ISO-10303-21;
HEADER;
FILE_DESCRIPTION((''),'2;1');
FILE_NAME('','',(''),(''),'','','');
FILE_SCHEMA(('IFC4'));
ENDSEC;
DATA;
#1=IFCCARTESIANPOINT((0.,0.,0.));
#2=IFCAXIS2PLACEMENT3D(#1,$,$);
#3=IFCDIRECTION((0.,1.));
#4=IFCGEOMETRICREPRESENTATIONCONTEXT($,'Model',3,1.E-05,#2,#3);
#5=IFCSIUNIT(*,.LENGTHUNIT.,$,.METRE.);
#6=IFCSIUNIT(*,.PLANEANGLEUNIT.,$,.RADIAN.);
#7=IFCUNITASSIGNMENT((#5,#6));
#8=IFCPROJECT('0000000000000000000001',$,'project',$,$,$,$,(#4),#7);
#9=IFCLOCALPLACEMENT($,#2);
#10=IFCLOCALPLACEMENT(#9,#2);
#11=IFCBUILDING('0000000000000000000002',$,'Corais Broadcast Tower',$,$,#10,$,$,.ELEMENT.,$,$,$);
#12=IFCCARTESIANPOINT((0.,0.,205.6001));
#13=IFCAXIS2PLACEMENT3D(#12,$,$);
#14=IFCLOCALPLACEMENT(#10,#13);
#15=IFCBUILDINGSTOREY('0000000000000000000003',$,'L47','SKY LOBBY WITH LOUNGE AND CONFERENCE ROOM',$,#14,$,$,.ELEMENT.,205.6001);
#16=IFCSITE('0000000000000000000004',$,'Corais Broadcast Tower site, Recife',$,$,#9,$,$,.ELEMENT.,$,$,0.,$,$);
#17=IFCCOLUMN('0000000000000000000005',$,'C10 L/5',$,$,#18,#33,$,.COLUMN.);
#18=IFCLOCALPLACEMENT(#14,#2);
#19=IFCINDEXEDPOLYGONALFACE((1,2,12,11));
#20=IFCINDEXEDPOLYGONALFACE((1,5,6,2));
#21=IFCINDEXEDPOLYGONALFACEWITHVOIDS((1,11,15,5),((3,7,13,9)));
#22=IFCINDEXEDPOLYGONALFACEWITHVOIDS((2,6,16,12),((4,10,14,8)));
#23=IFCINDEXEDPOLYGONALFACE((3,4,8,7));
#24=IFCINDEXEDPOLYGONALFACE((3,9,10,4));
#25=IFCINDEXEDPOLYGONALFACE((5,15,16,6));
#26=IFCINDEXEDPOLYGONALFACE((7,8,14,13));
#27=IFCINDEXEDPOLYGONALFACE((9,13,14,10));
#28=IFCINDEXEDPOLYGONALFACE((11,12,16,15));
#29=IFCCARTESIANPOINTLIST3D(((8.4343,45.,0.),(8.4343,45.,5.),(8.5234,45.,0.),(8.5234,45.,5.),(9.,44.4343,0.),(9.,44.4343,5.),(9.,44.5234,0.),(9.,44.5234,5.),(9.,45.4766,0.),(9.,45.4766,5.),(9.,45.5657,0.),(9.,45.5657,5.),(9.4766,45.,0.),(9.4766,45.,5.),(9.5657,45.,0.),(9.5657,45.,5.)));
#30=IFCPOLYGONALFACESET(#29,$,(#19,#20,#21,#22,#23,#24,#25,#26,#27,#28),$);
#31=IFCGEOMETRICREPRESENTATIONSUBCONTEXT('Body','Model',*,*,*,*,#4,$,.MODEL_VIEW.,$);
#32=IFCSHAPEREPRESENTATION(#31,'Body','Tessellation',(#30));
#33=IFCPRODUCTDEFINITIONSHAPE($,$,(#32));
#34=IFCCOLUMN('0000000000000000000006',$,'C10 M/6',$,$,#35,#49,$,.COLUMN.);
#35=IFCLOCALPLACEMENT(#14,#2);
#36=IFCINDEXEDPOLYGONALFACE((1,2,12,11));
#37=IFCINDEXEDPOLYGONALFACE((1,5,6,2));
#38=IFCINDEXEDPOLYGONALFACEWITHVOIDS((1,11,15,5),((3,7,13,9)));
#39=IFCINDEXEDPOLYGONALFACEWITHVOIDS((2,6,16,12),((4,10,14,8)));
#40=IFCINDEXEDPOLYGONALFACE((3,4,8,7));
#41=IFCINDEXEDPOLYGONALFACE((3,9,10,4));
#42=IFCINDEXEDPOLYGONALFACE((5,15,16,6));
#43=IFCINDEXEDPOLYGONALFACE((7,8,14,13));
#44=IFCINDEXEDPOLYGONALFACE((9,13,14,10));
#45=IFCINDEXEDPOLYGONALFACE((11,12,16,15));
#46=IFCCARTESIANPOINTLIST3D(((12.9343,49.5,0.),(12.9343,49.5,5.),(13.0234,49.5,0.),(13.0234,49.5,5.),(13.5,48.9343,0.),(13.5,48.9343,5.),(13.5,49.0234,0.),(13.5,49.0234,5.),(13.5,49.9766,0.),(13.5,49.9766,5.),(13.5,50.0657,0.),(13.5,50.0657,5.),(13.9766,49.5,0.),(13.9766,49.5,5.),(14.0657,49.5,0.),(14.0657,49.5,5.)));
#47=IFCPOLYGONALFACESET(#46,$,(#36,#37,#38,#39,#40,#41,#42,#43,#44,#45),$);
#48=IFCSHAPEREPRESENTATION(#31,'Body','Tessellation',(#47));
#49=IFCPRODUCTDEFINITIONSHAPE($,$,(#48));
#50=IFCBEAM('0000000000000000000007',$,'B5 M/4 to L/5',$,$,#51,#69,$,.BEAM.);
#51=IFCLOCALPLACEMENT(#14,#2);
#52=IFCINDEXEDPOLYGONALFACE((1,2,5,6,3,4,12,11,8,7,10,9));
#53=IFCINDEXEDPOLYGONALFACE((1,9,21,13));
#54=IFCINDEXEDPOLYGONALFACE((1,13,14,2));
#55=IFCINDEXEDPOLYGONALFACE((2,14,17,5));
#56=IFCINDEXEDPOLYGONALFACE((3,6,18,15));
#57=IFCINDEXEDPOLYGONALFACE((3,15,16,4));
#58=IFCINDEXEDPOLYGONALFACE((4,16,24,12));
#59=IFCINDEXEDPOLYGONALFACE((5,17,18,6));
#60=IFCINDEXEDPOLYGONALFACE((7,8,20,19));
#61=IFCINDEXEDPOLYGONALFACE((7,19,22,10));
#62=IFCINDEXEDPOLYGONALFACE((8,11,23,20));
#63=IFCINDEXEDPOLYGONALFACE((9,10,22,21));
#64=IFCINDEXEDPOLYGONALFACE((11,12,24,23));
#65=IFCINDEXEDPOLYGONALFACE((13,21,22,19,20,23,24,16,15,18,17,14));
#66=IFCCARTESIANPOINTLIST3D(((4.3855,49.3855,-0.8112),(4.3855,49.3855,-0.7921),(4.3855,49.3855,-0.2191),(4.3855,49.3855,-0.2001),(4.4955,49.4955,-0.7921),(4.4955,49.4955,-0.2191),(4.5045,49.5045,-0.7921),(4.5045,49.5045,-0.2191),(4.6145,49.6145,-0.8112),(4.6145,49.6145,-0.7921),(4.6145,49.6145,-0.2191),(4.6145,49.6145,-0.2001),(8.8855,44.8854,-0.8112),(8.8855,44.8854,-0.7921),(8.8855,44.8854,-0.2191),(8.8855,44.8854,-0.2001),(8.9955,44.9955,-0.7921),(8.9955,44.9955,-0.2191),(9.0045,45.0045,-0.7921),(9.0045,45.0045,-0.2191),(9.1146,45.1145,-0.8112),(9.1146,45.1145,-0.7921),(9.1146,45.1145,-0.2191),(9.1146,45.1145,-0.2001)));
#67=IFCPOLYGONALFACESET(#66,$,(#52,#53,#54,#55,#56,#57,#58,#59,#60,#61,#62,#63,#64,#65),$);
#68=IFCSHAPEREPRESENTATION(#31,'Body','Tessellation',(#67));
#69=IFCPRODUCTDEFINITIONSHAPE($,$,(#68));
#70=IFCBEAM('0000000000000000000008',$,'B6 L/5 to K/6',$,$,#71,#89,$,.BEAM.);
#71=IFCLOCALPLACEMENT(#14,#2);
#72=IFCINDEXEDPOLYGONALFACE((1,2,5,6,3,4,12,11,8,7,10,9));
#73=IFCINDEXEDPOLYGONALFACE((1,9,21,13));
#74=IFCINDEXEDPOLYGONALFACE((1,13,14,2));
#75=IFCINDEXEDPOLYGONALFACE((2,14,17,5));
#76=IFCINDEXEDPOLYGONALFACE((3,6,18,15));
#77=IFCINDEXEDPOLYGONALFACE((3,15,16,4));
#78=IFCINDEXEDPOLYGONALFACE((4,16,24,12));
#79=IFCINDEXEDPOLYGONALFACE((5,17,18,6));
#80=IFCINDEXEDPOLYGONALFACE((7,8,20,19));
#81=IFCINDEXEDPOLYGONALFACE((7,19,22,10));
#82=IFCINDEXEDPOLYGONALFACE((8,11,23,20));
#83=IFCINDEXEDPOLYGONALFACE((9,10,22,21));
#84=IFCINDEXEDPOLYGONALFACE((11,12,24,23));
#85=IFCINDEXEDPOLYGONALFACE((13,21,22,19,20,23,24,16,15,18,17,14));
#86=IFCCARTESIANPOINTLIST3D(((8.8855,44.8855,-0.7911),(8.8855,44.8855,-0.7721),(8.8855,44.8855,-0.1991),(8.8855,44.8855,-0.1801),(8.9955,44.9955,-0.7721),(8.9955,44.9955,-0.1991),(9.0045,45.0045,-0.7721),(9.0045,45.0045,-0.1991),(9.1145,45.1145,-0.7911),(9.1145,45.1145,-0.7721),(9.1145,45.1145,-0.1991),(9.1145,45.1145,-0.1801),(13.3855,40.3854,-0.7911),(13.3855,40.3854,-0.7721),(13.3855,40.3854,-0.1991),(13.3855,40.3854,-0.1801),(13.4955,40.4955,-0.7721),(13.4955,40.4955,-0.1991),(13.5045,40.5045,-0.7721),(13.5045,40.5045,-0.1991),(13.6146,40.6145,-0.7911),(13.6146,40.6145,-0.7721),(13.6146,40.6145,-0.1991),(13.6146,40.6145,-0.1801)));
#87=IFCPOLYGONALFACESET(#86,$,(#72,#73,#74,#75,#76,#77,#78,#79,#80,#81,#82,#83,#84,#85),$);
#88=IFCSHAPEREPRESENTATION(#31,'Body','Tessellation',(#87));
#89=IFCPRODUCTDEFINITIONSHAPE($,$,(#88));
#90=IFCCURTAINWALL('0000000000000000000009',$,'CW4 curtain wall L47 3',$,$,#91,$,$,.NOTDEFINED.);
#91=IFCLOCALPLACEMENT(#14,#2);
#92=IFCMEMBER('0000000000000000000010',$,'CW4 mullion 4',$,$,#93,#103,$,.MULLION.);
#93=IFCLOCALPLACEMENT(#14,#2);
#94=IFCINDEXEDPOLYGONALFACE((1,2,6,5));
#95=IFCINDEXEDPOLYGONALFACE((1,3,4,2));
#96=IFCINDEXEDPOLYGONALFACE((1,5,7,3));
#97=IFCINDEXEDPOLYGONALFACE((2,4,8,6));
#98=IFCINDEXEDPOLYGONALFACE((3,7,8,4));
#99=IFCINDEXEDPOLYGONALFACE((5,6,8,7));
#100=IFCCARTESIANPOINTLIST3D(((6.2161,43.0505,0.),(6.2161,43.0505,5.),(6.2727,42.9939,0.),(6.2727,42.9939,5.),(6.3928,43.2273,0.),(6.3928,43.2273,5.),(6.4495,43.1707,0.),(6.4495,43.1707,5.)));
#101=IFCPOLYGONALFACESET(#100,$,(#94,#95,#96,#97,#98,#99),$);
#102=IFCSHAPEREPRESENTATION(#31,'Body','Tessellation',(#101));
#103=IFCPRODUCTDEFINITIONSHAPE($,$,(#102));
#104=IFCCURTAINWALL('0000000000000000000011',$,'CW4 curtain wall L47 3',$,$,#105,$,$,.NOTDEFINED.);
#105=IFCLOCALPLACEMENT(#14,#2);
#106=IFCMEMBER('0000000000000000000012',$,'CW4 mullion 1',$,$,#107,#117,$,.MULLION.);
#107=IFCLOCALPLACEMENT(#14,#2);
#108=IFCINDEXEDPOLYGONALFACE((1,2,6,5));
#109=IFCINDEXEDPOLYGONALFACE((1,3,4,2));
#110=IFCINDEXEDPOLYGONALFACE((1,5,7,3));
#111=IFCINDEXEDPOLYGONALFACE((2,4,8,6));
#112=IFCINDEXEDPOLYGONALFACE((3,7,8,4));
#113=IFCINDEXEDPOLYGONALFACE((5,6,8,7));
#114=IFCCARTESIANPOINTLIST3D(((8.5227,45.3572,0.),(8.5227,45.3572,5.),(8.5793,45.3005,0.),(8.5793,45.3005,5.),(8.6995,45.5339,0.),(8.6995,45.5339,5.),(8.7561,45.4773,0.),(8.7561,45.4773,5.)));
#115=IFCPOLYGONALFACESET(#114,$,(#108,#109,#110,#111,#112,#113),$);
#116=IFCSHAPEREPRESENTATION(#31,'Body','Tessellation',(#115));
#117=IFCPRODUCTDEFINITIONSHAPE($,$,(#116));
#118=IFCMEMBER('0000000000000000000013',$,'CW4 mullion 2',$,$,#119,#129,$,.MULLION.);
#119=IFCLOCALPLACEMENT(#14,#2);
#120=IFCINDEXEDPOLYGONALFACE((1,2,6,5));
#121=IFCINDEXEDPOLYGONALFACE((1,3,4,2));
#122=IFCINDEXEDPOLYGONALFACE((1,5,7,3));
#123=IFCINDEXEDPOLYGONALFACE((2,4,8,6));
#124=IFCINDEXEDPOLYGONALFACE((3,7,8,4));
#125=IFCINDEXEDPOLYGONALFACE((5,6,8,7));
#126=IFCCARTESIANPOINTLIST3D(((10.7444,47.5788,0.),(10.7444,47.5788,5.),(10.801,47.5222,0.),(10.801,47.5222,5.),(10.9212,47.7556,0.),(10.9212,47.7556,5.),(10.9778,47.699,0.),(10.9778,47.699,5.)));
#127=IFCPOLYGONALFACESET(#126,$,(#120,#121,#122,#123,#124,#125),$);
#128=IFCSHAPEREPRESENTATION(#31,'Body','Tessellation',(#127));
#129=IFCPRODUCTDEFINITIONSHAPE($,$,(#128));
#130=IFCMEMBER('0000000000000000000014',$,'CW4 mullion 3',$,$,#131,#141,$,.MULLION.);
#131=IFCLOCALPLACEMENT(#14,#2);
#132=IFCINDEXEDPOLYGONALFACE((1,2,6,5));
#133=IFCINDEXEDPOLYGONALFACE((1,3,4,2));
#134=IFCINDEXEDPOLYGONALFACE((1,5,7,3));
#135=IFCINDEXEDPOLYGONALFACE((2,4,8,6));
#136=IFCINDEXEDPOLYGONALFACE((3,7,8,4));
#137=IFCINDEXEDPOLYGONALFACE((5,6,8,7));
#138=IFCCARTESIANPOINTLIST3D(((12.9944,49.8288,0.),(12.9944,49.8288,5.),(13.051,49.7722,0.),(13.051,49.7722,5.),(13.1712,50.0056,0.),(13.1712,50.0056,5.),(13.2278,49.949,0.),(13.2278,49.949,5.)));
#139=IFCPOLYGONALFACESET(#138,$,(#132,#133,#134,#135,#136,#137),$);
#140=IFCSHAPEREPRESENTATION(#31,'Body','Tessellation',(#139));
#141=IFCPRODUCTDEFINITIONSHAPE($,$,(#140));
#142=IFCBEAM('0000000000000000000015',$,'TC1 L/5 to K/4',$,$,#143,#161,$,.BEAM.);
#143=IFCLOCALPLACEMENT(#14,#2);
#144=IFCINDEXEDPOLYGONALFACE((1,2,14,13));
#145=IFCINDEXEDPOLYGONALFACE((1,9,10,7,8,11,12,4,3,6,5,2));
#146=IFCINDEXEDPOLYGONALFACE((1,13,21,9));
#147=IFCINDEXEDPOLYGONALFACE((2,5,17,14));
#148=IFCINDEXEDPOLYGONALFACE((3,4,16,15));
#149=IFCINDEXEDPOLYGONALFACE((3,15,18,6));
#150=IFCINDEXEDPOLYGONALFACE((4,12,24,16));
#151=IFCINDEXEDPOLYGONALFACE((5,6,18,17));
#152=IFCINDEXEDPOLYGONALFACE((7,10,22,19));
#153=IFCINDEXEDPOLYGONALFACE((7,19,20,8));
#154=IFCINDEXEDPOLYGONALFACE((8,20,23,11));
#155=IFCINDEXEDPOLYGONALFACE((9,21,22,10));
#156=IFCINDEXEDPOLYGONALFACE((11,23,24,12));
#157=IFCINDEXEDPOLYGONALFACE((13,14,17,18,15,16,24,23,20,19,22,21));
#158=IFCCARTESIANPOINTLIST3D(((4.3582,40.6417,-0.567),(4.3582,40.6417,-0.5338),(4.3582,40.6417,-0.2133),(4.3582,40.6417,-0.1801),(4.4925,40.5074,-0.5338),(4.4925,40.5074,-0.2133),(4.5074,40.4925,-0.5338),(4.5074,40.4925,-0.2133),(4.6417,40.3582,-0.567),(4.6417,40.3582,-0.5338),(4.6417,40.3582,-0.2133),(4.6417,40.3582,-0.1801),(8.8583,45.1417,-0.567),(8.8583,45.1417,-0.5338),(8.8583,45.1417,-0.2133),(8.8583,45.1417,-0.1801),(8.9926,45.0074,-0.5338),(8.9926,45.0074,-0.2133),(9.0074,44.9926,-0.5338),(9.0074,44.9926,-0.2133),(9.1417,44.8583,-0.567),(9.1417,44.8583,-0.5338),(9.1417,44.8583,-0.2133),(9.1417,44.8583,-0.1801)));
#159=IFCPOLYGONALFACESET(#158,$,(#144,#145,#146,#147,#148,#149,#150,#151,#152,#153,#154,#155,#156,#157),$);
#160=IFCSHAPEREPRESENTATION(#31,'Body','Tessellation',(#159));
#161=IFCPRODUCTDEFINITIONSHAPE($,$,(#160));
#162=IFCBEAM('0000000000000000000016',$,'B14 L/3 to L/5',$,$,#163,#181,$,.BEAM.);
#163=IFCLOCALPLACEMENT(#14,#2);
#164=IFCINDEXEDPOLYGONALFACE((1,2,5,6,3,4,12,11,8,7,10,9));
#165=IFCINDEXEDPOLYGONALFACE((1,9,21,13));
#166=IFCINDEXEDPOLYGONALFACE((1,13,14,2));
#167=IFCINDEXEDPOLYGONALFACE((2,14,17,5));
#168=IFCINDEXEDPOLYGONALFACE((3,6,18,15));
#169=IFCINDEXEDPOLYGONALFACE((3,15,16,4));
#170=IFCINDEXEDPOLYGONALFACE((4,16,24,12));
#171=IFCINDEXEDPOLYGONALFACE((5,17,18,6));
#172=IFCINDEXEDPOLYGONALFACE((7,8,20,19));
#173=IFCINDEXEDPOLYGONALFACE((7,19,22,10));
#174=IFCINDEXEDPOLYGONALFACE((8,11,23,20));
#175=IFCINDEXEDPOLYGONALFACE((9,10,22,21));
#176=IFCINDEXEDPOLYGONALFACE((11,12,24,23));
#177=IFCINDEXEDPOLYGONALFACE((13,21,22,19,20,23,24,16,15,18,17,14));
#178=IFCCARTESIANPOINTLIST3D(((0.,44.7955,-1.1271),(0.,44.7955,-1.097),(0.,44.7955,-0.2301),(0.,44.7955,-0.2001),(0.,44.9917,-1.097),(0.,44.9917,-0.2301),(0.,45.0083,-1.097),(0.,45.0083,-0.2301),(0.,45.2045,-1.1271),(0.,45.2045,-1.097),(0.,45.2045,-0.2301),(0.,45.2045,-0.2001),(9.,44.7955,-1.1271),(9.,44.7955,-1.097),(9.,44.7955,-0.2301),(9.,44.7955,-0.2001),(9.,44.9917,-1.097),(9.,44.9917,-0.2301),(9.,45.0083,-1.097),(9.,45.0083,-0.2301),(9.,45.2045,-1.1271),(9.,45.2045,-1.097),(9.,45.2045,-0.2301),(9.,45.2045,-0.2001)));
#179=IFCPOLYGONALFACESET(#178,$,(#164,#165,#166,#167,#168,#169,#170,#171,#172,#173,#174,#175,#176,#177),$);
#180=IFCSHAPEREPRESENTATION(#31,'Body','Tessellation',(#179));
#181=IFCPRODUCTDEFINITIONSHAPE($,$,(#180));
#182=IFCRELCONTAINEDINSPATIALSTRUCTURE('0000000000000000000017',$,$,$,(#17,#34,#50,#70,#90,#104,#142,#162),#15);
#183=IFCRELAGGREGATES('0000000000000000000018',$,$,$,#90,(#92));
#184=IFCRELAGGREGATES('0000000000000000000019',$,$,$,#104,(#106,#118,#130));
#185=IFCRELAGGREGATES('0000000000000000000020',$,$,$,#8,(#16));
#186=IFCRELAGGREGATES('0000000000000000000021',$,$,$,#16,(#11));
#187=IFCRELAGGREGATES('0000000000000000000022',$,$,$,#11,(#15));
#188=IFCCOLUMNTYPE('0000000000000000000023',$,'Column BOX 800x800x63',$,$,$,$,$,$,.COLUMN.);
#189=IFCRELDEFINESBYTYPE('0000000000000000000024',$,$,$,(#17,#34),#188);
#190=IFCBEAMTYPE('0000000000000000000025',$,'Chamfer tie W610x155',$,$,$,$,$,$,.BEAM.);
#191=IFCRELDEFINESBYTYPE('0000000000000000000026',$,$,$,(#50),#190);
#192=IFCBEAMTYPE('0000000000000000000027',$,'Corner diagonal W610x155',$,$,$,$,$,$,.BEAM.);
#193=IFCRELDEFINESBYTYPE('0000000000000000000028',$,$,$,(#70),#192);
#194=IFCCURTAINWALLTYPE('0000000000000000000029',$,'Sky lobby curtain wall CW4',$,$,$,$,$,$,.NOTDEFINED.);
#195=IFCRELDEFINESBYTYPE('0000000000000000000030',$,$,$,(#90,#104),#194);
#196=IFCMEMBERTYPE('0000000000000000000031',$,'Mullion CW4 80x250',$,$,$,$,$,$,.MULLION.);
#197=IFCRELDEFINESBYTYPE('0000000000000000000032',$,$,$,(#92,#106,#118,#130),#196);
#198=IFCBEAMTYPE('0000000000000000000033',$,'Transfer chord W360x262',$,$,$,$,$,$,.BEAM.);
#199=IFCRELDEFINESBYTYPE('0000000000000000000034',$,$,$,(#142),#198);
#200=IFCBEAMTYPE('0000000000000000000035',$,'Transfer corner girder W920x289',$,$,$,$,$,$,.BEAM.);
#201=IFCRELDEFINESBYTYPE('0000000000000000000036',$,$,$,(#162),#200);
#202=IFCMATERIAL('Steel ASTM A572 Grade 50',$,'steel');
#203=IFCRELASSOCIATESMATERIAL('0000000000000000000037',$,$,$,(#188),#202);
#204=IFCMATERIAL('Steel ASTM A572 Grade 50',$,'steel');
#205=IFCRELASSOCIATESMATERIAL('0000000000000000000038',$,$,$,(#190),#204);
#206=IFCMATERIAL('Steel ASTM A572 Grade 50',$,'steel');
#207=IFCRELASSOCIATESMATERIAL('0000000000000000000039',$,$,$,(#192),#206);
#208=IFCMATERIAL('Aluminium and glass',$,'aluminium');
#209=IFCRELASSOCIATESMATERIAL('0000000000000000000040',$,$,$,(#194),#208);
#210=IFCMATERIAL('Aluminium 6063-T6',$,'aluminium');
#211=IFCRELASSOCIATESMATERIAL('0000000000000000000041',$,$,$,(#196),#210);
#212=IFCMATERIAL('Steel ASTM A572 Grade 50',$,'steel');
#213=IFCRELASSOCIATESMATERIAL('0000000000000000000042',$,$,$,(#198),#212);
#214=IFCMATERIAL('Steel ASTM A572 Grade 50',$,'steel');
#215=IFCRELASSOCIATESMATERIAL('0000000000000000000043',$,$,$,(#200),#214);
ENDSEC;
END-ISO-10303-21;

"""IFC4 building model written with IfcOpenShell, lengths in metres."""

from ifc_helpers import new_model, si_unit, direction, frame, origin, origin_2d, place, context, subcontext, project, spatial, rectangle, hollow_rectangle, i_section, extrude, material, material_profile, profile_set, type_object, element, aggregate, save


model = new_model("IFC4")

# Units and contexts
model_context = context("Model", 3, precision=1e-05, world=origin(), true_north=direction((0.0, 1.0)))
body_context = subcontext(model_context, "Body", "Model", "MODEL_VIEW")
ifc_project = project(units=[si_unit("LENGTHUNIT", "METRE"), si_unit("PLANEANGLEUNIT", "RADIAN")], contexts=[model_context])

# Site, building, storey
site_placement = place(None, origin())
site = spatial("IfcSite", under=ifc_project, at=site_placement, Name="Corais Broadcast Tower site, Recife", CompositionType="ELEMENT", RefElevation=0.0)
building_placement = place(site_placement, origin())
building = spatial("IfcBuilding", under=site, at=building_placement, Name="Corais Broadcast Tower", CompositionType="ELEMENT")
storey_placement = place(building_placement, frame((0.0, 0.0, 205.6001)))
storey = spatial("IfcBuildingStorey", under=building, at=storey_placement, Name="L47", Description="SKY LOBBY WITH LOUNGE AND CONFERENCE ROOM", CompositionType="ELEMENT", Elevation=205.6001)

# Columns
ifc_material_1 = material(Name="Steel ASTM A572 Grade 50", Category="steel")
ifc_material_profile_1 = material_profile(ifc_material_1, hollow_rectangle(XDim=0.8, YDim=0.8, WallThickness=0.063, at=origin_2d()), Name="BOX 800x800x63")
ifc_profile_set_1 = profile_set([ifc_material_profile_1], Name="Steel ASTM A572 Grade 50")
column_type = type_object("IfcColumnType", Name="Column BOX 800x800x63", PredefinedType="COLUMN", material=ifc_profile_set_1)
for number, where, z_axis, x_axis, name in (
    (1, (9.0, 45.0, 0.0), (0.0, 0.0, 1.0), (0.707107, 0.707107, 0.0), "C10 L/5"),
    (2, (13.5, 49.5, 0.0), (0.0, 0.0, 1.0), (0.707107, 0.707107, 0.0), "C10 M/6"),
):
    element("IfcColumn", number, at=place(storey_placement, frame(where, z_axis=z_axis, x_axis=x_axis)), inside=storey, type_object=column_type, Name=name, PredefinedType="COLUMN", context=body_context, shape_type="SweptSolid", body=[
        extrude(hollow_rectangle(XDim=0.8, YDim=0.8, WallThickness=0.063, at=origin_2d()), origin(), (0.0, 0.0, 1.0), 5.0),
    ])

# Beams
ifc_material_2 = material(Name="Steel ASTM A572 Grade 50", Category="steel")
ifc_material_profile_2 = material_profile(ifc_material_2, i_section(OverallWidth=0.324, OverallDepth=0.6111, WebThickness=0.0127, FlangeThickness=0.019, at=origin_2d()), Name="W610x155")
ifc_profile_set_2 = profile_set([ifc_material_profile_2], Name="Steel ASTM A572 Grade 50")
beam_type_1 = type_object("IfcBeamType", Name="Chamfer tie W610x155", PredefinedType="BEAM", material=ifc_profile_set_2)
beam_1_placement = place(storey_placement, frame((4.5, 49.5, -0.5056), z_axis=(0.707107, -0.707107, 0.0), x_axis=(0.707107, 0.707107, 0.0)))
element("IfcBeam", 3, at=beam_1_placement, inside=storey, type_object=beam_type_1, Name="B5 M/4 to L/5", PredefinedType="BEAM", context=body_context, shape_type="SweptSolid", body=[
    extrude(i_section(OverallWidth=0.324, OverallDepth=0.6111, WebThickness=0.0127, FlangeThickness=0.019, at=origin_2d()), origin(), (0.0, 0.0, 1.0), 6.364),
])
ifc_material_3 = material(Name="Steel ASTM A572 Grade 50", Category="steel")
ifc_material_profile_3 = material_profile(ifc_material_3, i_section(OverallWidth=0.324, OverallDepth=0.6111, WebThickness=0.0127, FlangeThickness=0.019, at=origin_2d()), Name="W610x155")
ifc_profile_set_3 = profile_set([ifc_material_profile_3], Name="Steel ASTM A572 Grade 50")
beam_type_2 = type_object("IfcBeamType", Name="Corner diagonal W610x155", PredefinedType="BEAM", material=ifc_profile_set_3)
beam_2_placement = place(storey_placement, frame((9.0, 45.0, -0.4856), z_axis=(0.707107, -0.707107, 0.0), x_axis=(0.707107, 0.707107, 0.0)))
element("IfcBeam", 4, at=beam_2_placement, inside=storey, type_object=beam_type_2, Name="B6 L/5 to K/6", PredefinedType="BEAM", context=body_context, shape_type="SweptSolid", body=[
    extrude(i_section(OverallWidth=0.324, OverallDepth=0.6111, WebThickness=0.0127, FlangeThickness=0.019, at=origin_2d()), origin(), (0.0, 0.0, 1.0), 6.364),
])

# Curtain wall, member
ifc_material_4 = material(Name="Aluminium and glass", Category="aluminium")
curtain_wall_type = type_object("IfcCurtainWallType", Name="Sky lobby curtain wall CW4", PredefinedType="NOTDEFINED", material=ifc_material_4)
curtain_wall_1_placement = place(storey_placement, origin())
curtain_wall_1 = element("IfcCurtainWall", 5, at=curtain_wall_1_placement, inside=storey, type_object=curtain_wall_type, Name="CW4 curtain wall L47 3", PredefinedType="NOTDEFINED")
ifc_material_5 = material(Name="Aluminium 6063-T6", Category="aluminium")
ifc_material_profile_4 = material_profile(ifc_material_5, rectangle(XDim=0.0801, YDim=0.25, at=origin_2d()), Name="Mullion CW4 80x250")
ifc_profile_set_4 = profile_set([ifc_material_profile_4], Name="Aluminium 6063-T6")
member_type_1 = type_object("IfcMemberType", Name="Mullion CW4 80x250", PredefinedType="MULLION", material=ifc_profile_set_4)
member_1_placement = place(storey_placement, frame((6.3328, 43.1106, 0.0), z_axis=(0.0, 0.0, 1.0), x_axis=(-0.707107, 0.707107, 0.0)))
member_1 = element("IfcMember", 6, at=member_1_placement, type_object=member_type_1, Name="CW4 mullion 4", PredefinedType="MULLION", context=body_context, shape_type="SweptSolid", body=[
    extrude(rectangle(XDim=0.0801, YDim=0.25, at=origin_2d()), origin(), (0.0, 0.0, 1.0), 5.0),
])

# Curtain wall, members
curtain_wall_2_placement = place(storey_placement, origin())
curtain_wall_2 = element("IfcCurtainWall", 7, at=curtain_wall_2_placement, inside=storey, type_object=curtain_wall_type, Name="CW4 curtain wall L47 3", PredefinedType="NOTDEFINED")
member_2_placement = place(storey_placement, frame((8.6394, 45.4172, 0.0), z_axis=(0.0, 0.0, 1.0), x_axis=(-0.707107, 0.707107, 0.0)))
member_2 = element("IfcMember", 8, at=member_2_placement, type_object=member_type_1, Name="CW4 mullion 1", PredefinedType="MULLION", context=body_context, shape_type="SweptSolid", body=[
    extrude(rectangle(XDim=0.0801, YDim=0.25, at=origin_2d()), origin(), (0.0, 0.0, 1.0), 5.0),
])
member_3_placement = place(storey_placement, frame((10.8611, 47.6389, 0.0), z_axis=(0.0, 0.0, 1.0), x_axis=(-0.707107, 0.707107, 0.0)))
member_3 = element("IfcMember", 9, at=member_3_placement, type_object=member_type_1, Name="CW4 mullion 2", PredefinedType="MULLION", context=body_context, shape_type="SweptSolid", body=[
    extrude(rectangle(XDim=0.0801, YDim=0.25, at=origin_2d()), origin(), (0.0, 0.0, 1.0), 5.0),
])
member_4_placement = place(storey_placement, frame((13.1111, 49.8889, 0.0), z_axis=(0.0, 0.0, 1.0), x_axis=(-0.707107, 0.707107, 0.0)))
member_4 = element("IfcMember", 10, at=member_4_placement, type_object=member_type_1, Name="CW4 mullion 3", PredefinedType="MULLION", context=body_context, shape_type="SweptSolid", body=[
    extrude(rectangle(XDim=0.0801, YDim=0.25, at=origin_2d()), origin(), (0.0, 0.0, 1.0), 5.0),
])

# Beams
ifc_material_6 = material(Name="Steel ASTM A572 Grade 50", Category="steel")
ifc_material_profile_5 = material_profile(ifc_material_6, i_section(OverallWidth=0.4009, OverallDepth=0.387, WebThickness=0.021, FlangeThickness=0.0332, at=origin_2d()), Name="W360x262")
ifc_profile_set_5 = profile_set([ifc_material_profile_5], Name="Steel ASTM A572 Grade 50")
beam_type_3 = type_object("IfcBeamType", Name="Transfer chord W360x262", PredefinedType="BEAM", material=ifc_profile_set_5)
beam_3_placement = place(storey_placement, frame((9.0, 45.0, -0.3735), z_axis=(-0.707107, -0.707107, 0.0), x_axis=(0.707107, -0.707107, 0.0)))
element("IfcBeam", 11, at=beam_3_placement, inside=storey, type_object=beam_type_3, Name="TC1 L/5 to K/4", PredefinedType="BEAM", context=body_context, shape_type="SweptSolid", body=[
    extrude(i_section(OverallWidth=0.4009, OverallDepth=0.387, WebThickness=0.021, FlangeThickness=0.0332, at=origin_2d()), origin(), (0.0, 0.0, 1.0), 6.364),
])
ifc_material_7 = material(Name="Steel ASTM A572 Grade 50", Category="steel")
ifc_material_profile_6 = material_profile(ifc_material_7, i_section(OverallWidth=0.4089, OverallDepth=0.927, WebThickness=0.0166, FlangeThickness=0.03, at=origin_2d()), Name="W920x289")
ifc_profile_set_6 = profile_set([ifc_material_profile_6], Name="Steel ASTM A572 Grade 50")
beam_type_4 = type_object("IfcBeamType", Name="Transfer corner girder W920x289", PredefinedType="BEAM", material=ifc_profile_set_6)
for number, where, z_axis, x_axis, name in (
    (12, (0.0, 45.0, -0.6636), (1.0, 0.0, 0.0), (0.0, 1.0, 0.0), "B14 L/3 to L/5"),
):
    element("IfcBeam", number, at=place(storey_placement, frame(where, z_axis=z_axis, x_axis=x_axis)), inside=storey, type_object=beam_type_4, Name=name, PredefinedType="BEAM", context=body_context, shape_type="SweptSolid", body=[
        extrude(i_section(OverallWidth=0.4089, OverallDepth=0.927, WebThickness=0.0166, FlangeThickness=0.03, at=origin_2d()), origin(), (0.0, 0.0, 1.0), 9.0),
    ])

aggregate(curtain_wall_1, [member_1])
aggregate(curtain_wall_2, [member_2, member_3, member_4])

save(model, "model.ifc")
